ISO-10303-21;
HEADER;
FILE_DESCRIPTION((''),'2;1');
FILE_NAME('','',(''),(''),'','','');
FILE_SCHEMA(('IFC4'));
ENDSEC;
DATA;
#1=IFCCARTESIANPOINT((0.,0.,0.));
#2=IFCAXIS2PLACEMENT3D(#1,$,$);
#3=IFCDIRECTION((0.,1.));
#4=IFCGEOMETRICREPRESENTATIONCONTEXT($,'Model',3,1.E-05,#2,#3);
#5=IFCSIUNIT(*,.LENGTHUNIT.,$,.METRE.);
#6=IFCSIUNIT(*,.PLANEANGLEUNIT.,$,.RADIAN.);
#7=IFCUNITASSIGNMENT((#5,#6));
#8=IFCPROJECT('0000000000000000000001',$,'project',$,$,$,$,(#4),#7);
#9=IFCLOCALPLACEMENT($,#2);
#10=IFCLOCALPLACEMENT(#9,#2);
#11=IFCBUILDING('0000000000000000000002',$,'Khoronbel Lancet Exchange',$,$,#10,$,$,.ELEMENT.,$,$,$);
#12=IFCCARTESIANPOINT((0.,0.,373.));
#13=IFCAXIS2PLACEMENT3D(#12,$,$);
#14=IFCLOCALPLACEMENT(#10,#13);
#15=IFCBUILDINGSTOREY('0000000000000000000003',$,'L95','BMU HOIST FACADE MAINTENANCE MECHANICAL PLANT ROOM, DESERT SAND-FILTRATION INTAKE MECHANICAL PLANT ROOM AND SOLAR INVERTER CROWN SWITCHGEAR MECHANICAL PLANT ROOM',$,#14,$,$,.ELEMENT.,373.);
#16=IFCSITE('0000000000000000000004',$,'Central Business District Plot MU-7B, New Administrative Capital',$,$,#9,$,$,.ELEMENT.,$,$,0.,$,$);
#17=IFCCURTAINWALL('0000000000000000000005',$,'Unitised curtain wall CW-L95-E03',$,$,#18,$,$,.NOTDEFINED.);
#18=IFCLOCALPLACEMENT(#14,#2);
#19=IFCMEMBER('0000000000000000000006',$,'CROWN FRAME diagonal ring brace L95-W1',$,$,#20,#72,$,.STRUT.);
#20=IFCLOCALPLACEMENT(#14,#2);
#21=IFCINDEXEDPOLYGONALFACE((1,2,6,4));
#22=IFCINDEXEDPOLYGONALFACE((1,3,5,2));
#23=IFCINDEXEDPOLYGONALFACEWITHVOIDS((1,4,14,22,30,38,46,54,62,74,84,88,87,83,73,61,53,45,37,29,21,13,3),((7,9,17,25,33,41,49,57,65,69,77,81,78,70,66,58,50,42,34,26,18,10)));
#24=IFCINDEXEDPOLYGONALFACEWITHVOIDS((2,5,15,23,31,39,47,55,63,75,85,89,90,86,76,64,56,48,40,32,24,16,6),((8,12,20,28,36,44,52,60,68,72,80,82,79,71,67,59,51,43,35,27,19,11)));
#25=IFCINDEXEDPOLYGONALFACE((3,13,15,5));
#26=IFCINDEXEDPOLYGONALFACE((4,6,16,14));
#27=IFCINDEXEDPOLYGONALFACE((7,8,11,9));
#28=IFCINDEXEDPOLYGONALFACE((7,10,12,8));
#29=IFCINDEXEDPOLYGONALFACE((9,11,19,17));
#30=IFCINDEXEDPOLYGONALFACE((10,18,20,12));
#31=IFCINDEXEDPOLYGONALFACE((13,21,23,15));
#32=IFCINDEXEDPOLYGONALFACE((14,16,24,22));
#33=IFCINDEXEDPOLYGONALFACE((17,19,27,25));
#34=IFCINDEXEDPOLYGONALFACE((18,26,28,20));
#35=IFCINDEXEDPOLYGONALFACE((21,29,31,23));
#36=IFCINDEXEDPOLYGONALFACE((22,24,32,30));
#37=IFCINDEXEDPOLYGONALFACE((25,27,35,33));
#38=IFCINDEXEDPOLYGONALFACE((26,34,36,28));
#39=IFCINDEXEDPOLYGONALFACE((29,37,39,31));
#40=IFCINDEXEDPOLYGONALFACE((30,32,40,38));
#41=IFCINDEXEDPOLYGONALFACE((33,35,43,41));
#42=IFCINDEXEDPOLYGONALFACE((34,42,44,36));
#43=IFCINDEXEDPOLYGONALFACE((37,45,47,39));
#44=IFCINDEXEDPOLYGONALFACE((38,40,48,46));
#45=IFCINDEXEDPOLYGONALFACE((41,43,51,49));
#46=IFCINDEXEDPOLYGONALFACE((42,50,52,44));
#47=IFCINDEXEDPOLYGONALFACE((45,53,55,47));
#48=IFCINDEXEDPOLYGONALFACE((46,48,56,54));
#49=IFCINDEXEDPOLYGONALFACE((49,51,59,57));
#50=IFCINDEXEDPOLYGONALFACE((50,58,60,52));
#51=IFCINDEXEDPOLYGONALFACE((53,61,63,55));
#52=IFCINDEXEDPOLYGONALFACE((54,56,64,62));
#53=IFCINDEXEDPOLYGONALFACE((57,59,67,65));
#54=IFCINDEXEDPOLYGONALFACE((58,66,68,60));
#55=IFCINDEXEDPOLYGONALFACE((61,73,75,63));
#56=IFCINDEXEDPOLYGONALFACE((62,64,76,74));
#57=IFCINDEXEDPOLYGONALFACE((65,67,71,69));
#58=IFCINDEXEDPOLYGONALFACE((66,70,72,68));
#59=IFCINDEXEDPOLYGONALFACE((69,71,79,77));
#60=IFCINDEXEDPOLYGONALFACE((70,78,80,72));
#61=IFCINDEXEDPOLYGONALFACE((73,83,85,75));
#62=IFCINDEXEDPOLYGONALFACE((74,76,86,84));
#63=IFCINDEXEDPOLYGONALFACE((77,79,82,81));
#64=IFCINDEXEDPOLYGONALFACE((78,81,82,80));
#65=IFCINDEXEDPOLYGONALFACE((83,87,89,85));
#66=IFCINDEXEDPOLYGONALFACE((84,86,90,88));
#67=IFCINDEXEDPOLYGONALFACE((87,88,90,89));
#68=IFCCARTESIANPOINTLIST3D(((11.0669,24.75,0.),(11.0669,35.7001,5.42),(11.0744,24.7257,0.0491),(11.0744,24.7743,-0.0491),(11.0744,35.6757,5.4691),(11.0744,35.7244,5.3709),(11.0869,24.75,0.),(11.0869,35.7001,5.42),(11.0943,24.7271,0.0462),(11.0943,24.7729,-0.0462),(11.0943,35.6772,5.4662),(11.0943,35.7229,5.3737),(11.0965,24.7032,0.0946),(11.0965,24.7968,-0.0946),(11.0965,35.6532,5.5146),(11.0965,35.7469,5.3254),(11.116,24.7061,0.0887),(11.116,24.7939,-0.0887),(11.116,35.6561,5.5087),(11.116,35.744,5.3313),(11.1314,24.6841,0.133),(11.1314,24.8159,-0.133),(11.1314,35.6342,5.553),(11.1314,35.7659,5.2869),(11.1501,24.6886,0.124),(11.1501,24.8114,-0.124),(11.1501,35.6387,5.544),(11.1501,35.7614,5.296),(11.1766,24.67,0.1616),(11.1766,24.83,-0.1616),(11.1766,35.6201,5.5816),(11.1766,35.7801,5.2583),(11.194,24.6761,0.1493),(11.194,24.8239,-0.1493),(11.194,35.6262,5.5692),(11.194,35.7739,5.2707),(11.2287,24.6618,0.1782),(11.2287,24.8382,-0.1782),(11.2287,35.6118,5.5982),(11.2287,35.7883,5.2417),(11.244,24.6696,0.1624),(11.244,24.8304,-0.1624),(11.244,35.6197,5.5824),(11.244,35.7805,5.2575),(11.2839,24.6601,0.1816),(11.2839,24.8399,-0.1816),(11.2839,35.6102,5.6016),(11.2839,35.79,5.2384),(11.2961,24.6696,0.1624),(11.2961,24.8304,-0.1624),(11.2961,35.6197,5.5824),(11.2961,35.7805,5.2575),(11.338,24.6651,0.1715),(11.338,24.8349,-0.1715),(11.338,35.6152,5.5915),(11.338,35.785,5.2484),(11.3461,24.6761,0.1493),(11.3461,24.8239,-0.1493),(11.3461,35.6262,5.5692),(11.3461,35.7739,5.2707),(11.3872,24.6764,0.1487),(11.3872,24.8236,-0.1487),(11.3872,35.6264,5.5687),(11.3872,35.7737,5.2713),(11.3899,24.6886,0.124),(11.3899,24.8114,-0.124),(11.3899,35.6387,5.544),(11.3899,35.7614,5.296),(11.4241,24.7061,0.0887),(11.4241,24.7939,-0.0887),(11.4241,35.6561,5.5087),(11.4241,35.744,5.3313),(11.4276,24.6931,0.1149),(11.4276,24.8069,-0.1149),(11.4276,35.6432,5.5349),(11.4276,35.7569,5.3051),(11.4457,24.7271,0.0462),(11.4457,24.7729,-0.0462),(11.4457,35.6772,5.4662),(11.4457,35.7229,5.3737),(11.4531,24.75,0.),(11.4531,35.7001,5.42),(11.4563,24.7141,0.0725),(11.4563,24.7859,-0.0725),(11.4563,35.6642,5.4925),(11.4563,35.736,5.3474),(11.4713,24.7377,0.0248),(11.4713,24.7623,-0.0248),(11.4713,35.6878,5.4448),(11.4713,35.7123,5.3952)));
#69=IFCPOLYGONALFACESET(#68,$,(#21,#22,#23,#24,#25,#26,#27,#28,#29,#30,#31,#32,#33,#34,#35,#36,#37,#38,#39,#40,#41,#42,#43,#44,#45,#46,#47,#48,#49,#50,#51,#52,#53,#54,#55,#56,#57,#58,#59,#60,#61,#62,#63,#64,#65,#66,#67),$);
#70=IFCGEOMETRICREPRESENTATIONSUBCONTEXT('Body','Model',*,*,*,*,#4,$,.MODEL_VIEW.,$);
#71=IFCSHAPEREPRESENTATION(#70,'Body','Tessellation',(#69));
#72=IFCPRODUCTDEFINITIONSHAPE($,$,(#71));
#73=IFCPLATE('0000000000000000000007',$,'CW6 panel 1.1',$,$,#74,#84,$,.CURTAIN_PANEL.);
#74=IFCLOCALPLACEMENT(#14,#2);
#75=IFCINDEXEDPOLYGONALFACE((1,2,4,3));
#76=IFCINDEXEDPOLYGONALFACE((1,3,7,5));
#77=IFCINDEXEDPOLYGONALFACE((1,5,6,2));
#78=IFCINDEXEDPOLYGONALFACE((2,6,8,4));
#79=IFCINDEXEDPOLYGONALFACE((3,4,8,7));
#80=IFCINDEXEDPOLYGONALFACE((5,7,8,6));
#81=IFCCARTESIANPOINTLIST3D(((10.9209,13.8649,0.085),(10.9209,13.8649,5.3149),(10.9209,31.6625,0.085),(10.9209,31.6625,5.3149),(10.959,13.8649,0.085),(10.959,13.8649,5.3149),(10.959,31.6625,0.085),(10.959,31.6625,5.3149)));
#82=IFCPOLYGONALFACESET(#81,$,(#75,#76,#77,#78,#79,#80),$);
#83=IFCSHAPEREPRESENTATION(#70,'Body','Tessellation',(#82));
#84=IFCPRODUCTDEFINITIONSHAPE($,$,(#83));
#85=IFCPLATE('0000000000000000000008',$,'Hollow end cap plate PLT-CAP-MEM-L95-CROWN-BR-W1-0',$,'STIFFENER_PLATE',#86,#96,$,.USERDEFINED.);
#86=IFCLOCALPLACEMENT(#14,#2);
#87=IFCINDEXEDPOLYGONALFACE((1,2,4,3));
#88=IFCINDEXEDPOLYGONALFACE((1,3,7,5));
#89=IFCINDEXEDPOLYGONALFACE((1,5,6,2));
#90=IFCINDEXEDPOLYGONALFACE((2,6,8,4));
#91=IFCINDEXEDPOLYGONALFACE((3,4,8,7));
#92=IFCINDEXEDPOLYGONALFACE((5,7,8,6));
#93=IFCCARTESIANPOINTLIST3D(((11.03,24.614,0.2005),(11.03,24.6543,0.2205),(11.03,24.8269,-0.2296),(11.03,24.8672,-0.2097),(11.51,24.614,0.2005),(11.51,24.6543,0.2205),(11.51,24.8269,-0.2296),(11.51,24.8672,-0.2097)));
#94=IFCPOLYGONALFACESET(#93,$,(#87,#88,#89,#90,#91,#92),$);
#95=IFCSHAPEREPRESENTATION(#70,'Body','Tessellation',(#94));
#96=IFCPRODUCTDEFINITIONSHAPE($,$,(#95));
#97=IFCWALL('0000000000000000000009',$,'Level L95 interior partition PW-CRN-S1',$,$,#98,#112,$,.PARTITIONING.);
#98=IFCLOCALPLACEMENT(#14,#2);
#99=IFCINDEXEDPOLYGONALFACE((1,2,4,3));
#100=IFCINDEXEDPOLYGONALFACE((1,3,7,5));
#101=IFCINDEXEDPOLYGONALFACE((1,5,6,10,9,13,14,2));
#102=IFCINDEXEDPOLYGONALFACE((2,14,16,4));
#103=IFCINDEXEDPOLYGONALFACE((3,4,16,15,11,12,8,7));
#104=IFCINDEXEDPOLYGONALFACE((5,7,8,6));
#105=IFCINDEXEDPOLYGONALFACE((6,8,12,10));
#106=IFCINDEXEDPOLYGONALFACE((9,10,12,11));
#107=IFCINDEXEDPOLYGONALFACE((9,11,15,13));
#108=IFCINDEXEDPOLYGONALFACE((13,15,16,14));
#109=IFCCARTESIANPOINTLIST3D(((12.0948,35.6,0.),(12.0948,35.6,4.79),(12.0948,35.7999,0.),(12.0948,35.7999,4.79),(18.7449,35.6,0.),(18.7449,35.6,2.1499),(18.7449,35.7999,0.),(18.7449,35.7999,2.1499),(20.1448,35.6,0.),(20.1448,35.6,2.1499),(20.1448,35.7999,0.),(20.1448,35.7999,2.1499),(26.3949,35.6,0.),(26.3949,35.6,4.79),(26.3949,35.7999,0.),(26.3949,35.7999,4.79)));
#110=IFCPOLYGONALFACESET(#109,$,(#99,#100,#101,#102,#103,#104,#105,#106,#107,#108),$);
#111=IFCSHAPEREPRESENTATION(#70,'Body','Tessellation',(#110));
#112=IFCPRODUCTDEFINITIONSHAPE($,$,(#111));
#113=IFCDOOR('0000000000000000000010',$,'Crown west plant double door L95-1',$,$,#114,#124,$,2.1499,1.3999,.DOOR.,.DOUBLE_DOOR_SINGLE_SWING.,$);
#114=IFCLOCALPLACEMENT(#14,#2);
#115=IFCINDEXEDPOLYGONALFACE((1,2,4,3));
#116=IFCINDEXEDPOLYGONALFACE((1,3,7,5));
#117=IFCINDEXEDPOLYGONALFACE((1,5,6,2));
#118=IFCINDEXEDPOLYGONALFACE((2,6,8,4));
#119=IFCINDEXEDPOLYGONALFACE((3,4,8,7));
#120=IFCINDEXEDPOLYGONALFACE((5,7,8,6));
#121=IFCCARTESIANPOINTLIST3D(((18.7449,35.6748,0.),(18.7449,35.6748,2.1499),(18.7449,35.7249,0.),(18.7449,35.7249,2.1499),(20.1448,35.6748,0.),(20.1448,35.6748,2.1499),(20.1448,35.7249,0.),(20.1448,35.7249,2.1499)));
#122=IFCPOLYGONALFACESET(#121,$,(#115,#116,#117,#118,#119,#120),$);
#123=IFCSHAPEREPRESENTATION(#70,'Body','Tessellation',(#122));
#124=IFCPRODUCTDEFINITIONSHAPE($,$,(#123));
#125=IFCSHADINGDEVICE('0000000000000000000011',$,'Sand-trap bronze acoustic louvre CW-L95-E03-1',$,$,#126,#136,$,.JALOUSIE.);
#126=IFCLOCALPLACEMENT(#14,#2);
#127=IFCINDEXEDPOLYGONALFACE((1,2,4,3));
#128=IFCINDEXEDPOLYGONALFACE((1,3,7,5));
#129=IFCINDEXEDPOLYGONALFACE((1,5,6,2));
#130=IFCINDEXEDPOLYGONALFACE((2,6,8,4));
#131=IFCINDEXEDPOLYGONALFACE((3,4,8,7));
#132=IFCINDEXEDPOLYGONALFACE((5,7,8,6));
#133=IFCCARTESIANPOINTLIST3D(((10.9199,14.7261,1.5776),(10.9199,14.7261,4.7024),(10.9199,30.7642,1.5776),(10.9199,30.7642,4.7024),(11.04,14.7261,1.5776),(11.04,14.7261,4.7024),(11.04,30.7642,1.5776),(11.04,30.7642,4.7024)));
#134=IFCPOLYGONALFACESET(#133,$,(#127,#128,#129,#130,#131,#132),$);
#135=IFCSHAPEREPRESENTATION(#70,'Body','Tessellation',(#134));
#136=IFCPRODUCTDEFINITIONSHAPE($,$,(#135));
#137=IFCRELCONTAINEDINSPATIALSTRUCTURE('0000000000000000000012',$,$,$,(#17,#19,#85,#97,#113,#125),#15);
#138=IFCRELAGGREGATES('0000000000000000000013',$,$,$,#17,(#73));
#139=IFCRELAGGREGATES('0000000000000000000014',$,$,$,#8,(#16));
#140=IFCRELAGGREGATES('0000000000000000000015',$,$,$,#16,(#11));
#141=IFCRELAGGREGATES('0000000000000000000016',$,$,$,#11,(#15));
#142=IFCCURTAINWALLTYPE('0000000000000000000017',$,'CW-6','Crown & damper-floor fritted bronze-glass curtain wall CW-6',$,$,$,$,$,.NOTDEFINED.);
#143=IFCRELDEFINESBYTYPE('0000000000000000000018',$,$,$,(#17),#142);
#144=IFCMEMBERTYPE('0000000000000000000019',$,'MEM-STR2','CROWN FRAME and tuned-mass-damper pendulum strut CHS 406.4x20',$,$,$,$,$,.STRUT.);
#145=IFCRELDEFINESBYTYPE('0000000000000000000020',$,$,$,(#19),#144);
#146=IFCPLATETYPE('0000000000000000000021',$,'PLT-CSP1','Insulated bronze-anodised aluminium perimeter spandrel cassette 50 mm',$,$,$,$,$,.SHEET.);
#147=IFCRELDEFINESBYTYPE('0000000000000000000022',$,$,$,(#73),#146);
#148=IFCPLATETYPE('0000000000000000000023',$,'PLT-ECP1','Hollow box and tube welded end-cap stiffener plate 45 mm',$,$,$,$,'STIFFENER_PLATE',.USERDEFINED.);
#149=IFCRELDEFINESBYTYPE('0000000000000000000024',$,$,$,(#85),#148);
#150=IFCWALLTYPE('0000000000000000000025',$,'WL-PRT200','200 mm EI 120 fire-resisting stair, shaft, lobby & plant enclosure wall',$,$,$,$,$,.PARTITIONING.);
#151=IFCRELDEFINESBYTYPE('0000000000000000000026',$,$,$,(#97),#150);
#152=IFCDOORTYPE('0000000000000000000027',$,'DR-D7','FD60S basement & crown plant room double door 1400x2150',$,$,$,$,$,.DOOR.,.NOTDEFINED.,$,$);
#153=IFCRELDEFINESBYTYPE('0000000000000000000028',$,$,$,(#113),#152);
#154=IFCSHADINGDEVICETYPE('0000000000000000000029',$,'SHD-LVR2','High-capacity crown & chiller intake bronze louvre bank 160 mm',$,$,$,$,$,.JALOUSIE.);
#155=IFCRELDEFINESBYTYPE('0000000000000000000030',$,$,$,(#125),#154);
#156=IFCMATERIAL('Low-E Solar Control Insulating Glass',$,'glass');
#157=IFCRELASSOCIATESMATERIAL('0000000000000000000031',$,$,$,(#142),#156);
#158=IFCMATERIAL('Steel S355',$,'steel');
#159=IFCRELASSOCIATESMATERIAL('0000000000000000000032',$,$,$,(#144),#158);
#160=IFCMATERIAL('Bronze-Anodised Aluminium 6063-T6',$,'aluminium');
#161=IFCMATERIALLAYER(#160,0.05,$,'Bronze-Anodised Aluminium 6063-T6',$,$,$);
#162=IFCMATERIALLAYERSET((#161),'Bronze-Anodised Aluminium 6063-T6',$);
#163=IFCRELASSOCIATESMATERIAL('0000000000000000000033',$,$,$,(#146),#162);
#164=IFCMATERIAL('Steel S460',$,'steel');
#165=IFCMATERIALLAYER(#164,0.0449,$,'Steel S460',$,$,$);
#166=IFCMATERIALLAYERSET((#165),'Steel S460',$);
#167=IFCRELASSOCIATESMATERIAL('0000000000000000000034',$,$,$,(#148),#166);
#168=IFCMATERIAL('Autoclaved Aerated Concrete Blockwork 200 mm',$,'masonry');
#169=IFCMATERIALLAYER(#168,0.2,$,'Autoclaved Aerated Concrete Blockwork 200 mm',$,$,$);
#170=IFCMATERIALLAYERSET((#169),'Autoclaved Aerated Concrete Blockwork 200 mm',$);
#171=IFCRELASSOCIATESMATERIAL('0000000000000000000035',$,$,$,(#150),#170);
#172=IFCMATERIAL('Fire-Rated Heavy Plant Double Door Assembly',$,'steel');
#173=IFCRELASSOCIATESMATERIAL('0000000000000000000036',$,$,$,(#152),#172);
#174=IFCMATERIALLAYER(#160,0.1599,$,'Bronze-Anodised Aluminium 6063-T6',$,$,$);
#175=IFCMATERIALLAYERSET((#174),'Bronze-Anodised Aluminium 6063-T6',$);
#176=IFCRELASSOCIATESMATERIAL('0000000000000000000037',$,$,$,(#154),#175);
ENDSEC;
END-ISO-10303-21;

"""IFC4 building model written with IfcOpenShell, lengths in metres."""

from ifc_helpers import new_model, si_unit, direction, frame, frame_2d, origin, origin_2d, place, context, subcontext, project, spatial, polyline, rectangle, hollow_circle, outline, extrude, material, layer, layer_set, material_profile, profile_set, type_object, element, fill, aggregate, save


model = new_model("IFC4")

# Units and contexts
model_context = context("Model", 3, precision=1e-05, world=origin(), true_north=direction((0.0, 1.0)))
body_context = subcontext(model_context, "Body", "Model", "MODEL_VIEW")
ifc_project = project(units=[si_unit("LENGTHUNIT", "METRE"), si_unit("PLANEANGLEUNIT", "RADIAN")], contexts=[model_context])

# Site, building, storey
site_placement = place(None, origin())
site = spatial("IfcSite", under=ifc_project, at=site_placement, Name="Central Business District Plot MU-7B, New Administrative Capital", CompositionType="ELEMENT", RefElevation=0.0)
building_placement = place(site_placement, origin())
building = spatial("IfcBuilding", under=site, at=building_placement, Name="Khoronbel Lancet Exchange", CompositionType="ELEMENT")
storey_placement = place(building_placement, frame((0.0, 0.0, 373.0)))
storey = spatial("IfcBuildingStorey", under=building, at=storey_placement, Name="L95", Description="BMU HOIST FACADE MAINTENANCE MECHANICAL PLANT ROOM, DESERT SAND-FILTRATION INTAKE MECHANICAL PLANT ROOM AND SOLAR INVERTER CROWN SWITCHGEAR MECHANICAL PLANT ROOM", CompositionType="ELEMENT", Elevation=373.0)

# Shared definitions
ifc_material_1 = material(Name="Steel S355", Category="steel")

# Curtain wall
ifc_material_2 = material(Name="Low-E Solar Control Insulating Glass", Category="glass")
curtain_wall_type = type_object("IfcCurtainWallType", Name="CW-6", Description="Crown & damper-floor fritted bronze-glass curtain wall CW-6", PredefinedType="NOTDEFINED", material=ifc_material_2)
curtain_wall_placement = place(storey_placement, origin())
curtain_wall = element("IfcCurtainWall", 1, at=curtain_wall_placement, inside=storey, type_object=curtain_wall_type, Name="Unitised curtain wall CW-L95-E03", PredefinedType="NOTDEFINED")
ifc_material_3 = material(Name="Bronze-Anodised Aluminium 6063-T6", Category="aluminium")

# Member
ifc_material_profile_1 = material_profile(ifc_material_1, hollow_circle(Radius=0.2031, WallThickness=0.02, at=origin_2d()), Name="CHS 406.4x20")
ifc_profile_set_1 = profile_set([ifc_material_profile_1], Name="Steel S355")
member_type_1 = type_object("IfcMemberType", Name="MEM-STR2", Description="CROWN FRAME and tuned-mass-damper pendulum strut CHS 406.4x20", PredefinedType="STRUT", material=ifc_profile_set_1)
member_1_placement = place(storey_placement, frame((11.27, 24.75, 0.0), z_axis=(0.0, 0.896222, 0.443605), x_axis=(-1.0, 0.0, 0.0)))
element("IfcMember", 2, at=member_1_placement, inside=storey, type_object=member_type_1, Name="CROWN FRAME diagonal ring brace L95-W1", PredefinedType="STRUT", context=body_context, shape_type="SweptSolid", body=[
    extrude(hollow_circle(Radius=0.2031, WallThickness=0.02, at=origin_2d()), origin(), (0.0, 0.0, 1.0), 12.218),
])

# Plates
ifc_layer_1 = layer(ifc_material_3, 0.05, Name="Bronze-Anodised Aluminium 6063-T6")
ifc_layer_set_1 = layer_set([ifc_layer_1], Name="Bronze-Anodised Aluminium 6063-T6")
plate_type_1 = type_object("IfcPlateType", Name="PLT-CSP1", Description="Insulated bronze-anodised aluminium perimeter spandrel cassette 50 mm", PredefinedType="SHEET", material=ifc_layer_set_1)
plate_1_placement = place(storey_placement, frame((10.9399, 22.7637, 0.085), z_axis=(0.0, 0.0, 1.0), x_axis=(0.0, 1.0, 0.0)))
plate_1 = element("IfcPlate", 3, at=plate_1_placement, type_object=plate_type_1, Name="CW6 panel 1.1", PredefinedType="CURTAIN_PANEL", context=body_context, shape_type="SweptSolid", body=[
    extrude(rectangle(XDim=17.7976, YDim=0.0381, at=origin_2d()), origin(), (0.0, 0.0, 1.0), 5.23),
])
aggregate(curtain_wall, [plate_1])
ifc_material_4 = material(Name="Steel S460", Category="steel")
ifc_layer_2 = layer(ifc_material_4, 0.0449, Name="Steel S460")
ifc_layer_set_2 = layer_set([ifc_layer_2], Name="Steel S460")
plate_type_2 = type_object("IfcPlateType", Name="PLT-ECP1", Description="Hollow box and tube welded end-cap stiffener plate 45 mm", ElementType="STIFFENER_PLATE", PredefinedType="USERDEFINED", material=ifc_layer_set_2)
plate_2_placement = place(storey_placement, frame((11.51, 24.8672, -0.2097), z_axis=(0.0, 0.896251, 0.443548), x_axis=(-1.0, 0.0, 0.0)))
element("IfcPlate", 4, at=plate_2_placement, inside=storey, type_object=plate_type_2, Name="Hollow end cap plate PLT-CAP-MEM-L95-CROWN-BR-W1-0", ObjectType="STIFFENER_PLATE", PredefinedType="USERDEFINED", context=body_context, shape_type="SweptSolid", body=[
    extrude(outline(polyline([(0.0, 0.0), (0.48, 0.0), (0.48, 0.48), (0.0, 0.48), (0.0, 0.0)])), origin(), (0.0, 0.0, -1.0), 0.0449),
])

# Wall, opening, door
ifc_material_5 = material(Name="Autoclaved Aerated Concrete Blockwork 200 mm", Category="masonry")
ifc_layer_3 = layer(ifc_material_5, 0.2, Name="Autoclaved Aerated Concrete Blockwork 200 mm")
ifc_layer_set_3 = layer_set([ifc_layer_3], Name="Autoclaved Aerated Concrete Blockwork 200 mm")
wall_type = type_object("IfcWallType", Name="WL-PRT200", Description="200 mm EI 120 fire-resisting stair, shaft, lobby & plant enclosure wall", PredefinedType="PARTITIONING", material=ifc_layer_set_3)
wall_placement = place(storey_placement, frame((12.095, 35.7, 0.0), z_axis=(0.0, 0.0, 1.0), x_axis=(1.0, 0.0, 0.0)))
wall = element("IfcWall", 5, at=wall_placement, inside=storey, type_object=wall_type, Name="Level L95 interior partition PW-CRN-S1", PredefinedType="PARTITIONING", context=body_context, shape_type="SweptSolid", body=[
    extrude(rectangle(XDim=14.3, YDim=0.2, at=frame_2d((7.1499, 0.0))), origin(), (0.0, 0.0, 1.0), 4.79),
])
opening_placement = place(wall_placement, frame((6.6499, 0.0, 0.0)))
opening = element("IfcOpeningElement", 6, at=opening_placement, cuts=wall, PredefinedType="OPENING", context=body_context, shape_type="SweptSolid", body=[
    extrude(rectangle(XDim=1.3999, YDim=2.1499, at=frame_2d((0.7, 1.075))), frame((0.0, 0.1099, 0.0), z_axis=(0.0, -1.0, 0.0), x_axis=(1.0, 0.0, 0.0)), (0.0, 0.0, 1.0), 0.22),
])
ifc_material_6 = material(Name="Fire-Rated Heavy Plant Double Door Assembly", Category="steel")
door_type = type_object("IfcDoorType", Name="DR-D7", Description="FD60S basement & crown plant room double door 1400x2150", OperationType="NOTDEFINED", PredefinedType="DOOR", material=ifc_material_6)
door_placement = place(opening_placement, origin())
door = element("IfcDoor", 7, at=door_placement, inside=storey, type_object=door_type, Name="Crown west plant double door L95-1", OperationType="DOUBLE_DOOR_SINGLE_SWING", OverallHeight=2.1499, OverallWidth=1.3999, PredefinedType="DOOR", context=body_context, shape_type="SweptSolid", body=[
    extrude(rectangle(XDim=1.3999, YDim=2.1499, at=frame_2d((0.7, 1.075))), frame((0.0, 0.0249, 0.0), z_axis=(0.0, -1.0, 0.0), x_axis=(1.0, 0.0, 0.0)), (0.0, 0.0, 1.0), 0.05),
])
fill(opening, door)

# Shading device
ifc_layer_4 = layer(ifc_material_3, 0.1599, Name="Bronze-Anodised Aluminium 6063-T6")
ifc_layer_set_4 = layer_set([ifc_layer_4], Name="Bronze-Anodised Aluminium 6063-T6")
shading_device_type = type_object("IfcShadingDeviceType", Name="SHD-LVR2", Description="High-capacity crown & chiller intake bronze louvre bank 160 mm", PredefinedType="JALOUSIE", material=ifc_layer_set_4)
shading_device_placement = place(storey_placement, frame((10.98, 22.7451, 1.5776), z_axis=(0.0, 0.0, 1.0), x_axis=(0.0, 1.0, 0.0)))
element("IfcShadingDevice", 8, at=shading_device_placement, inside=storey, type_object=shading_device_type, Name="Sand-trap bronze acoustic louvre CW-L95-E03-1", PredefinedType="JALOUSIE", context=body_context, shape_type="SweptSolid", body=[
    extrude(rectangle(XDim=16.0381, YDim=0.1201, at=origin_2d()), origin(), (0.0, 0.0, 1.0), 3.1248),
])

save(model, "model.ifc")
